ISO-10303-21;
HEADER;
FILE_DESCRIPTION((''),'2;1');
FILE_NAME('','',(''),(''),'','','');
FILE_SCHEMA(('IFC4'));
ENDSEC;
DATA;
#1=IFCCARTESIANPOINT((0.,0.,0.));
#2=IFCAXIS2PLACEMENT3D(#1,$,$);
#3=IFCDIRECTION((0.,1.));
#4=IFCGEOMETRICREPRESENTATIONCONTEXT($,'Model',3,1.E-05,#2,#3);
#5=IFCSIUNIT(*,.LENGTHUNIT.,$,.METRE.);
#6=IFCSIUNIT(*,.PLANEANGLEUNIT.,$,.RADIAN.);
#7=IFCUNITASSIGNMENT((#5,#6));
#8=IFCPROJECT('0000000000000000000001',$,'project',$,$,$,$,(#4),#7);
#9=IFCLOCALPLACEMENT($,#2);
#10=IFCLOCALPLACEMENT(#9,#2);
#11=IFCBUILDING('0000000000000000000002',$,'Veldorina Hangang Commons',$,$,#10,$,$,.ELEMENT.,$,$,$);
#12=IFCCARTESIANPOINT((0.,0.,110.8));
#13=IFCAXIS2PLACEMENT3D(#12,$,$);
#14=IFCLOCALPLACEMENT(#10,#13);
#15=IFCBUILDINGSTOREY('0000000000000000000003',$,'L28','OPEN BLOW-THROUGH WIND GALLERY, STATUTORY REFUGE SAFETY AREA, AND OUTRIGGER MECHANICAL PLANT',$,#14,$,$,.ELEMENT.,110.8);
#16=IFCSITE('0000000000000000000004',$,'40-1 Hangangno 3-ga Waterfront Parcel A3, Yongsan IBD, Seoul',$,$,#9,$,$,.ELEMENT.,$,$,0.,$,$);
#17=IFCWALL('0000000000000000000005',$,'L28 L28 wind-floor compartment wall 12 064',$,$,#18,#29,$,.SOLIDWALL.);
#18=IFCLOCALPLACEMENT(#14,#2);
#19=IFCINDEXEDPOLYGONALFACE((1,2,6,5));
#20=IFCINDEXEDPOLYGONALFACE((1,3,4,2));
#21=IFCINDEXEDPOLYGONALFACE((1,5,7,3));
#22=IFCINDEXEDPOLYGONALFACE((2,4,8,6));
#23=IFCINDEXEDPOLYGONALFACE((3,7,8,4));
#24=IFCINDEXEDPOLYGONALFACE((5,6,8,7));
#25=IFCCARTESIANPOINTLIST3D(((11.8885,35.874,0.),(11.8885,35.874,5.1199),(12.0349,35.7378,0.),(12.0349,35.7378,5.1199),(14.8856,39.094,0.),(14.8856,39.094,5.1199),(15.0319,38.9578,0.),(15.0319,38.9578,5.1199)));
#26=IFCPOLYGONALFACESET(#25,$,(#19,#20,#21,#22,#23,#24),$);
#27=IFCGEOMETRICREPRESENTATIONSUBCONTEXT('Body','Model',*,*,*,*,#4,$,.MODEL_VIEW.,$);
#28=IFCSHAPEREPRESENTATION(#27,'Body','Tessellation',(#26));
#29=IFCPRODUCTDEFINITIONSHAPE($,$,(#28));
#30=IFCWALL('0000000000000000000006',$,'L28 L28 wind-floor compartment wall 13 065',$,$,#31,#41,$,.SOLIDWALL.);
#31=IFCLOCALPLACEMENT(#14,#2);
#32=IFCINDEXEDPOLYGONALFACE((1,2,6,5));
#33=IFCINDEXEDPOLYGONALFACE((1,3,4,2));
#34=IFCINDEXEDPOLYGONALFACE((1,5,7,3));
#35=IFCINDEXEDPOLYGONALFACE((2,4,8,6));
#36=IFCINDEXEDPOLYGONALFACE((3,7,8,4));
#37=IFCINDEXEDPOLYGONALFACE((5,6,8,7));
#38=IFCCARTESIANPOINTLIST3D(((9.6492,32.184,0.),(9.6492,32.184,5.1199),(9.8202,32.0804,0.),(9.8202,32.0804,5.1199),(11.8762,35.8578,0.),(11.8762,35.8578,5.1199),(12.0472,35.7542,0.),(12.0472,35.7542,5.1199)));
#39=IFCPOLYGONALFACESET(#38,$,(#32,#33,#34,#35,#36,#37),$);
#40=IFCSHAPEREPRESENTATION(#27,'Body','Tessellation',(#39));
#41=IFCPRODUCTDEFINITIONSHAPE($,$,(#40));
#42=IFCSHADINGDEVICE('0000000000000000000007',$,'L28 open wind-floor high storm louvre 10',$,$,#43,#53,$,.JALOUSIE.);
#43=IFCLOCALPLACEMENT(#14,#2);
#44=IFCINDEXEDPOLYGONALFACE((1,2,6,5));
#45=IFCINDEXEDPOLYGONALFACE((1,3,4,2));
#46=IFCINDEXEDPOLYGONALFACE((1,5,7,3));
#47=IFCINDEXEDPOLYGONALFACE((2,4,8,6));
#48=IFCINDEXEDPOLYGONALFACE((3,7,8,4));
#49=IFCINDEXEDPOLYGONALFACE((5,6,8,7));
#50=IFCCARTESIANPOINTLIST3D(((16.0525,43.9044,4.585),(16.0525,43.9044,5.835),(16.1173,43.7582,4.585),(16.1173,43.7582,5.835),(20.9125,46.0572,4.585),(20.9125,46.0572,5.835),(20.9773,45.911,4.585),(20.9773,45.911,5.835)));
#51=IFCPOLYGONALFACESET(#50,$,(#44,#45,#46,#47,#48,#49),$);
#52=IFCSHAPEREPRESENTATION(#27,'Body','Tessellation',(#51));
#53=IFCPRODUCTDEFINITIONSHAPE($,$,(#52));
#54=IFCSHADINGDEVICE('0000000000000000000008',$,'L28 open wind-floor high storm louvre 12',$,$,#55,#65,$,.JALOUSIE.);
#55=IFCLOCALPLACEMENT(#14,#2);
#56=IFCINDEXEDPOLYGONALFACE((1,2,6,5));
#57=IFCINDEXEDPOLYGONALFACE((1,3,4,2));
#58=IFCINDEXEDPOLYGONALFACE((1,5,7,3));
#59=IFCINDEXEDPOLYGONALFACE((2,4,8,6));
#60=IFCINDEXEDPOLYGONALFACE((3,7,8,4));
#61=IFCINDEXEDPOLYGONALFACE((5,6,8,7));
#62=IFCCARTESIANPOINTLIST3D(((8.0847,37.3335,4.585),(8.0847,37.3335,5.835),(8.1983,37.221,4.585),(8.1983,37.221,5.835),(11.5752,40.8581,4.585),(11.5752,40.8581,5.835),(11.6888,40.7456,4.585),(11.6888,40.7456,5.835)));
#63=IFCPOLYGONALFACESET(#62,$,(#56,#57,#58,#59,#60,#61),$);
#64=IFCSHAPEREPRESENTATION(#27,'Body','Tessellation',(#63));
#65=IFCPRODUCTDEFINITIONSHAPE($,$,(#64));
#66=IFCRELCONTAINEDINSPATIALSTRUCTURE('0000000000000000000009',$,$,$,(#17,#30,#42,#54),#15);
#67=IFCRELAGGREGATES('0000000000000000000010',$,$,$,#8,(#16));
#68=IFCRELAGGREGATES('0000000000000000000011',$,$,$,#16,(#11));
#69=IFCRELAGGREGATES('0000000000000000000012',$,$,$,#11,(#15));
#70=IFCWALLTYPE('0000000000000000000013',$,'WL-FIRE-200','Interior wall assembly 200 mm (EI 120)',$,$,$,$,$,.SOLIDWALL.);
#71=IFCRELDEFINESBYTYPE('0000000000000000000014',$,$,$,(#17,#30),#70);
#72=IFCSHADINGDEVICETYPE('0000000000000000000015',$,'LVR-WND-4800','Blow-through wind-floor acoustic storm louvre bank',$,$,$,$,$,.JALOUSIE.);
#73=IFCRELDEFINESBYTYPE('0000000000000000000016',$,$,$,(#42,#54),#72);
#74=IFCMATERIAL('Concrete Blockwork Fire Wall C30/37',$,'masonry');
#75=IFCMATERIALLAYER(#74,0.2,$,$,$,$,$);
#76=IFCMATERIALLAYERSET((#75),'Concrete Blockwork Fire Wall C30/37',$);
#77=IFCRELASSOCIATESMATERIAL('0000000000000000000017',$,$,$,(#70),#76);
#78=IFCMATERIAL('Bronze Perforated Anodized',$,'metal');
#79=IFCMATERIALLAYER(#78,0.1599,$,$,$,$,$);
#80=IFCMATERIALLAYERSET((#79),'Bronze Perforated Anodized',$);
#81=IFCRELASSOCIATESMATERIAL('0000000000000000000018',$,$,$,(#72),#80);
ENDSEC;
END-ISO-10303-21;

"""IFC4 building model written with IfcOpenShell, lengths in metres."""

from ifc_helpers import new_model, si_unit, direction, frame, frame_2d, origin, origin_2d, place, context, subcontext, project, spatial, rectangle, extrude, material, layer, layer_set, type_object, element, save


model = new_model("IFC4")

# Units and contexts
model_context = context("Model", 3, precision=1e-05, world=origin(), true_north=direction((0.0, 1.0)))
body_context = subcontext(model_context, "Body", "Model", "MODEL_VIEW")
ifc_project = project(units=[si_unit("LENGTHUNIT", "METRE"), si_unit("PLANEANGLEUNIT", "RADIAN")], contexts=[model_context])

# Site, building, storey
site_placement = place(None, origin())
site = spatial("IfcSite", under=ifc_project, at=site_placement, Name="40-1 Hangangno 3-ga Waterfront Parcel A3, Yongsan IBD, Seoul", CompositionType="ELEMENT", RefElevation=0.0)
building_placement = place(site_placement, origin())
building = spatial("IfcBuilding", under=site, at=building_placement, Name="Veldorina Hangang Commons", CompositionType="ELEMENT")
storey_placement = place(building_placement, frame((0.0, 0.0, 110.8)))
storey = spatial("IfcBuildingStorey", under=building, at=storey_placement, Name="L28", Description="OPEN BLOW-THROUGH WIND GALLERY, STATUTORY REFUGE SAFETY AREA, AND OUTRIGGER MECHANICAL PLANT", CompositionType="ELEMENT", Elevation=110.8)

# Walls
ifc_material_1 = material(Name="Concrete Blockwork Fire Wall C30/37", Category="masonry")
ifc_layer_1 = layer(ifc_material_1, 0.2)
ifc_layer_set_1 = layer_set([ifc_layer_1], Name="Concrete Blockwork Fire Wall C30/37")
wall_type = type_object("IfcWallType", Name="WL-FIRE-200", Description="Interior wall assembly 200 mm (EI 120)", PredefinedType="SOLIDWALL", material=ifc_layer_set_1)
wall_1_placement = place(storey_placement, frame((14.9587, 39.0259, 0.0), z_axis=(0.0, 0.0, 1.0), x_axis=(-0.681317, -0.731988, 0.0)))
element("IfcWall", 1, at=wall_1_placement, inside=storey, type_object=wall_type, Name="L28 L28 wind-floor compartment wall 12 064", PredefinedType="SOLIDWALL", context=body_context, shape_type="SweptSolid", body=[
    extrude(rectangle(XDim=4.3989, YDim=0.2, at=frame_2d((2.1995, 0.0))), origin(), (0.0, 0.0, 1.0), 5.1199),
])
wall_2_placement = place(storey_placement, frame((11.9617, 35.8059, 0.0), z_axis=(0.0, 0.0, 1.0), x_axis=(-0.518385, -0.855147, 0.0)))
element("IfcWall", 2, at=wall_2_placement, inside=storey, type_object=wall_type, Name="L28 L28 wind-floor compartment wall 13 065", PredefinedType="SOLIDWALL", context=body_context, shape_type="SweptSolid", body=[
    extrude(rectangle(XDim=4.2961, YDim=0.2, at=frame_2d((2.1479, 0.0))), origin(), (0.0, 0.0, 1.0), 5.1199),
])

# Shading devices
ifc_material_2 = material(Name="Bronze Perforated Anodized", Category="metal")
ifc_layer_2 = layer(ifc_material_2, 0.1599)
ifc_layer_set_2 = layer_set([ifc_layer_2], Name="Bronze Perforated Anodized")
shading_device_type = type_object("IfcShadingDeviceType", Name="LVR-WND-4800", Description="Blow-through wind-floor acoustic storm louvre bank", PredefinedType="JALOUSIE", material=ifc_layer_set_2)
shading_device_1_placement = place(storey_placement, frame((18.5149, 44.9077, 4.585), z_axis=(0.0, 0.0, 1.0), x_axis=(-0.914311, -0.405014, 0.0)))
element("IfcShadingDevice", 3, at=shading_device_1_placement, inside=storey, type_object=shading_device_type, Name="L28 open wind-floor high storm louvre 10", PredefinedType="JALOUSIE", context=body_context, shape_type="SweptSolid", body=[
    extrude(rectangle(XDim=5.3154, YDim=0.1599, at=origin_2d()), origin(), (0.0, 0.0, 1.0), 1.25),
])
shading_device_2_placement = place(storey_placement, frame((9.8867, 39.0396, 4.585), z_axis=(0.0, 0.0, 1.0), x_axis=(-0.703668, -0.710529, 0.0)))
element("IfcShadingDevice", 4, at=shading_device_2_placement, inside=storey, type_object=shading_device_type, Name="L28 open wind-floor high storm louvre 12", PredefinedType="JALOUSIE", context=body_context, shape_type="SweptSolid", body=[
    extrude(rectangle(XDim=4.9604, YDim=0.1599, at=origin_2d()), origin(), (0.0, 0.0, 1.0), 1.25),
])

save(model, "model.ifc")
